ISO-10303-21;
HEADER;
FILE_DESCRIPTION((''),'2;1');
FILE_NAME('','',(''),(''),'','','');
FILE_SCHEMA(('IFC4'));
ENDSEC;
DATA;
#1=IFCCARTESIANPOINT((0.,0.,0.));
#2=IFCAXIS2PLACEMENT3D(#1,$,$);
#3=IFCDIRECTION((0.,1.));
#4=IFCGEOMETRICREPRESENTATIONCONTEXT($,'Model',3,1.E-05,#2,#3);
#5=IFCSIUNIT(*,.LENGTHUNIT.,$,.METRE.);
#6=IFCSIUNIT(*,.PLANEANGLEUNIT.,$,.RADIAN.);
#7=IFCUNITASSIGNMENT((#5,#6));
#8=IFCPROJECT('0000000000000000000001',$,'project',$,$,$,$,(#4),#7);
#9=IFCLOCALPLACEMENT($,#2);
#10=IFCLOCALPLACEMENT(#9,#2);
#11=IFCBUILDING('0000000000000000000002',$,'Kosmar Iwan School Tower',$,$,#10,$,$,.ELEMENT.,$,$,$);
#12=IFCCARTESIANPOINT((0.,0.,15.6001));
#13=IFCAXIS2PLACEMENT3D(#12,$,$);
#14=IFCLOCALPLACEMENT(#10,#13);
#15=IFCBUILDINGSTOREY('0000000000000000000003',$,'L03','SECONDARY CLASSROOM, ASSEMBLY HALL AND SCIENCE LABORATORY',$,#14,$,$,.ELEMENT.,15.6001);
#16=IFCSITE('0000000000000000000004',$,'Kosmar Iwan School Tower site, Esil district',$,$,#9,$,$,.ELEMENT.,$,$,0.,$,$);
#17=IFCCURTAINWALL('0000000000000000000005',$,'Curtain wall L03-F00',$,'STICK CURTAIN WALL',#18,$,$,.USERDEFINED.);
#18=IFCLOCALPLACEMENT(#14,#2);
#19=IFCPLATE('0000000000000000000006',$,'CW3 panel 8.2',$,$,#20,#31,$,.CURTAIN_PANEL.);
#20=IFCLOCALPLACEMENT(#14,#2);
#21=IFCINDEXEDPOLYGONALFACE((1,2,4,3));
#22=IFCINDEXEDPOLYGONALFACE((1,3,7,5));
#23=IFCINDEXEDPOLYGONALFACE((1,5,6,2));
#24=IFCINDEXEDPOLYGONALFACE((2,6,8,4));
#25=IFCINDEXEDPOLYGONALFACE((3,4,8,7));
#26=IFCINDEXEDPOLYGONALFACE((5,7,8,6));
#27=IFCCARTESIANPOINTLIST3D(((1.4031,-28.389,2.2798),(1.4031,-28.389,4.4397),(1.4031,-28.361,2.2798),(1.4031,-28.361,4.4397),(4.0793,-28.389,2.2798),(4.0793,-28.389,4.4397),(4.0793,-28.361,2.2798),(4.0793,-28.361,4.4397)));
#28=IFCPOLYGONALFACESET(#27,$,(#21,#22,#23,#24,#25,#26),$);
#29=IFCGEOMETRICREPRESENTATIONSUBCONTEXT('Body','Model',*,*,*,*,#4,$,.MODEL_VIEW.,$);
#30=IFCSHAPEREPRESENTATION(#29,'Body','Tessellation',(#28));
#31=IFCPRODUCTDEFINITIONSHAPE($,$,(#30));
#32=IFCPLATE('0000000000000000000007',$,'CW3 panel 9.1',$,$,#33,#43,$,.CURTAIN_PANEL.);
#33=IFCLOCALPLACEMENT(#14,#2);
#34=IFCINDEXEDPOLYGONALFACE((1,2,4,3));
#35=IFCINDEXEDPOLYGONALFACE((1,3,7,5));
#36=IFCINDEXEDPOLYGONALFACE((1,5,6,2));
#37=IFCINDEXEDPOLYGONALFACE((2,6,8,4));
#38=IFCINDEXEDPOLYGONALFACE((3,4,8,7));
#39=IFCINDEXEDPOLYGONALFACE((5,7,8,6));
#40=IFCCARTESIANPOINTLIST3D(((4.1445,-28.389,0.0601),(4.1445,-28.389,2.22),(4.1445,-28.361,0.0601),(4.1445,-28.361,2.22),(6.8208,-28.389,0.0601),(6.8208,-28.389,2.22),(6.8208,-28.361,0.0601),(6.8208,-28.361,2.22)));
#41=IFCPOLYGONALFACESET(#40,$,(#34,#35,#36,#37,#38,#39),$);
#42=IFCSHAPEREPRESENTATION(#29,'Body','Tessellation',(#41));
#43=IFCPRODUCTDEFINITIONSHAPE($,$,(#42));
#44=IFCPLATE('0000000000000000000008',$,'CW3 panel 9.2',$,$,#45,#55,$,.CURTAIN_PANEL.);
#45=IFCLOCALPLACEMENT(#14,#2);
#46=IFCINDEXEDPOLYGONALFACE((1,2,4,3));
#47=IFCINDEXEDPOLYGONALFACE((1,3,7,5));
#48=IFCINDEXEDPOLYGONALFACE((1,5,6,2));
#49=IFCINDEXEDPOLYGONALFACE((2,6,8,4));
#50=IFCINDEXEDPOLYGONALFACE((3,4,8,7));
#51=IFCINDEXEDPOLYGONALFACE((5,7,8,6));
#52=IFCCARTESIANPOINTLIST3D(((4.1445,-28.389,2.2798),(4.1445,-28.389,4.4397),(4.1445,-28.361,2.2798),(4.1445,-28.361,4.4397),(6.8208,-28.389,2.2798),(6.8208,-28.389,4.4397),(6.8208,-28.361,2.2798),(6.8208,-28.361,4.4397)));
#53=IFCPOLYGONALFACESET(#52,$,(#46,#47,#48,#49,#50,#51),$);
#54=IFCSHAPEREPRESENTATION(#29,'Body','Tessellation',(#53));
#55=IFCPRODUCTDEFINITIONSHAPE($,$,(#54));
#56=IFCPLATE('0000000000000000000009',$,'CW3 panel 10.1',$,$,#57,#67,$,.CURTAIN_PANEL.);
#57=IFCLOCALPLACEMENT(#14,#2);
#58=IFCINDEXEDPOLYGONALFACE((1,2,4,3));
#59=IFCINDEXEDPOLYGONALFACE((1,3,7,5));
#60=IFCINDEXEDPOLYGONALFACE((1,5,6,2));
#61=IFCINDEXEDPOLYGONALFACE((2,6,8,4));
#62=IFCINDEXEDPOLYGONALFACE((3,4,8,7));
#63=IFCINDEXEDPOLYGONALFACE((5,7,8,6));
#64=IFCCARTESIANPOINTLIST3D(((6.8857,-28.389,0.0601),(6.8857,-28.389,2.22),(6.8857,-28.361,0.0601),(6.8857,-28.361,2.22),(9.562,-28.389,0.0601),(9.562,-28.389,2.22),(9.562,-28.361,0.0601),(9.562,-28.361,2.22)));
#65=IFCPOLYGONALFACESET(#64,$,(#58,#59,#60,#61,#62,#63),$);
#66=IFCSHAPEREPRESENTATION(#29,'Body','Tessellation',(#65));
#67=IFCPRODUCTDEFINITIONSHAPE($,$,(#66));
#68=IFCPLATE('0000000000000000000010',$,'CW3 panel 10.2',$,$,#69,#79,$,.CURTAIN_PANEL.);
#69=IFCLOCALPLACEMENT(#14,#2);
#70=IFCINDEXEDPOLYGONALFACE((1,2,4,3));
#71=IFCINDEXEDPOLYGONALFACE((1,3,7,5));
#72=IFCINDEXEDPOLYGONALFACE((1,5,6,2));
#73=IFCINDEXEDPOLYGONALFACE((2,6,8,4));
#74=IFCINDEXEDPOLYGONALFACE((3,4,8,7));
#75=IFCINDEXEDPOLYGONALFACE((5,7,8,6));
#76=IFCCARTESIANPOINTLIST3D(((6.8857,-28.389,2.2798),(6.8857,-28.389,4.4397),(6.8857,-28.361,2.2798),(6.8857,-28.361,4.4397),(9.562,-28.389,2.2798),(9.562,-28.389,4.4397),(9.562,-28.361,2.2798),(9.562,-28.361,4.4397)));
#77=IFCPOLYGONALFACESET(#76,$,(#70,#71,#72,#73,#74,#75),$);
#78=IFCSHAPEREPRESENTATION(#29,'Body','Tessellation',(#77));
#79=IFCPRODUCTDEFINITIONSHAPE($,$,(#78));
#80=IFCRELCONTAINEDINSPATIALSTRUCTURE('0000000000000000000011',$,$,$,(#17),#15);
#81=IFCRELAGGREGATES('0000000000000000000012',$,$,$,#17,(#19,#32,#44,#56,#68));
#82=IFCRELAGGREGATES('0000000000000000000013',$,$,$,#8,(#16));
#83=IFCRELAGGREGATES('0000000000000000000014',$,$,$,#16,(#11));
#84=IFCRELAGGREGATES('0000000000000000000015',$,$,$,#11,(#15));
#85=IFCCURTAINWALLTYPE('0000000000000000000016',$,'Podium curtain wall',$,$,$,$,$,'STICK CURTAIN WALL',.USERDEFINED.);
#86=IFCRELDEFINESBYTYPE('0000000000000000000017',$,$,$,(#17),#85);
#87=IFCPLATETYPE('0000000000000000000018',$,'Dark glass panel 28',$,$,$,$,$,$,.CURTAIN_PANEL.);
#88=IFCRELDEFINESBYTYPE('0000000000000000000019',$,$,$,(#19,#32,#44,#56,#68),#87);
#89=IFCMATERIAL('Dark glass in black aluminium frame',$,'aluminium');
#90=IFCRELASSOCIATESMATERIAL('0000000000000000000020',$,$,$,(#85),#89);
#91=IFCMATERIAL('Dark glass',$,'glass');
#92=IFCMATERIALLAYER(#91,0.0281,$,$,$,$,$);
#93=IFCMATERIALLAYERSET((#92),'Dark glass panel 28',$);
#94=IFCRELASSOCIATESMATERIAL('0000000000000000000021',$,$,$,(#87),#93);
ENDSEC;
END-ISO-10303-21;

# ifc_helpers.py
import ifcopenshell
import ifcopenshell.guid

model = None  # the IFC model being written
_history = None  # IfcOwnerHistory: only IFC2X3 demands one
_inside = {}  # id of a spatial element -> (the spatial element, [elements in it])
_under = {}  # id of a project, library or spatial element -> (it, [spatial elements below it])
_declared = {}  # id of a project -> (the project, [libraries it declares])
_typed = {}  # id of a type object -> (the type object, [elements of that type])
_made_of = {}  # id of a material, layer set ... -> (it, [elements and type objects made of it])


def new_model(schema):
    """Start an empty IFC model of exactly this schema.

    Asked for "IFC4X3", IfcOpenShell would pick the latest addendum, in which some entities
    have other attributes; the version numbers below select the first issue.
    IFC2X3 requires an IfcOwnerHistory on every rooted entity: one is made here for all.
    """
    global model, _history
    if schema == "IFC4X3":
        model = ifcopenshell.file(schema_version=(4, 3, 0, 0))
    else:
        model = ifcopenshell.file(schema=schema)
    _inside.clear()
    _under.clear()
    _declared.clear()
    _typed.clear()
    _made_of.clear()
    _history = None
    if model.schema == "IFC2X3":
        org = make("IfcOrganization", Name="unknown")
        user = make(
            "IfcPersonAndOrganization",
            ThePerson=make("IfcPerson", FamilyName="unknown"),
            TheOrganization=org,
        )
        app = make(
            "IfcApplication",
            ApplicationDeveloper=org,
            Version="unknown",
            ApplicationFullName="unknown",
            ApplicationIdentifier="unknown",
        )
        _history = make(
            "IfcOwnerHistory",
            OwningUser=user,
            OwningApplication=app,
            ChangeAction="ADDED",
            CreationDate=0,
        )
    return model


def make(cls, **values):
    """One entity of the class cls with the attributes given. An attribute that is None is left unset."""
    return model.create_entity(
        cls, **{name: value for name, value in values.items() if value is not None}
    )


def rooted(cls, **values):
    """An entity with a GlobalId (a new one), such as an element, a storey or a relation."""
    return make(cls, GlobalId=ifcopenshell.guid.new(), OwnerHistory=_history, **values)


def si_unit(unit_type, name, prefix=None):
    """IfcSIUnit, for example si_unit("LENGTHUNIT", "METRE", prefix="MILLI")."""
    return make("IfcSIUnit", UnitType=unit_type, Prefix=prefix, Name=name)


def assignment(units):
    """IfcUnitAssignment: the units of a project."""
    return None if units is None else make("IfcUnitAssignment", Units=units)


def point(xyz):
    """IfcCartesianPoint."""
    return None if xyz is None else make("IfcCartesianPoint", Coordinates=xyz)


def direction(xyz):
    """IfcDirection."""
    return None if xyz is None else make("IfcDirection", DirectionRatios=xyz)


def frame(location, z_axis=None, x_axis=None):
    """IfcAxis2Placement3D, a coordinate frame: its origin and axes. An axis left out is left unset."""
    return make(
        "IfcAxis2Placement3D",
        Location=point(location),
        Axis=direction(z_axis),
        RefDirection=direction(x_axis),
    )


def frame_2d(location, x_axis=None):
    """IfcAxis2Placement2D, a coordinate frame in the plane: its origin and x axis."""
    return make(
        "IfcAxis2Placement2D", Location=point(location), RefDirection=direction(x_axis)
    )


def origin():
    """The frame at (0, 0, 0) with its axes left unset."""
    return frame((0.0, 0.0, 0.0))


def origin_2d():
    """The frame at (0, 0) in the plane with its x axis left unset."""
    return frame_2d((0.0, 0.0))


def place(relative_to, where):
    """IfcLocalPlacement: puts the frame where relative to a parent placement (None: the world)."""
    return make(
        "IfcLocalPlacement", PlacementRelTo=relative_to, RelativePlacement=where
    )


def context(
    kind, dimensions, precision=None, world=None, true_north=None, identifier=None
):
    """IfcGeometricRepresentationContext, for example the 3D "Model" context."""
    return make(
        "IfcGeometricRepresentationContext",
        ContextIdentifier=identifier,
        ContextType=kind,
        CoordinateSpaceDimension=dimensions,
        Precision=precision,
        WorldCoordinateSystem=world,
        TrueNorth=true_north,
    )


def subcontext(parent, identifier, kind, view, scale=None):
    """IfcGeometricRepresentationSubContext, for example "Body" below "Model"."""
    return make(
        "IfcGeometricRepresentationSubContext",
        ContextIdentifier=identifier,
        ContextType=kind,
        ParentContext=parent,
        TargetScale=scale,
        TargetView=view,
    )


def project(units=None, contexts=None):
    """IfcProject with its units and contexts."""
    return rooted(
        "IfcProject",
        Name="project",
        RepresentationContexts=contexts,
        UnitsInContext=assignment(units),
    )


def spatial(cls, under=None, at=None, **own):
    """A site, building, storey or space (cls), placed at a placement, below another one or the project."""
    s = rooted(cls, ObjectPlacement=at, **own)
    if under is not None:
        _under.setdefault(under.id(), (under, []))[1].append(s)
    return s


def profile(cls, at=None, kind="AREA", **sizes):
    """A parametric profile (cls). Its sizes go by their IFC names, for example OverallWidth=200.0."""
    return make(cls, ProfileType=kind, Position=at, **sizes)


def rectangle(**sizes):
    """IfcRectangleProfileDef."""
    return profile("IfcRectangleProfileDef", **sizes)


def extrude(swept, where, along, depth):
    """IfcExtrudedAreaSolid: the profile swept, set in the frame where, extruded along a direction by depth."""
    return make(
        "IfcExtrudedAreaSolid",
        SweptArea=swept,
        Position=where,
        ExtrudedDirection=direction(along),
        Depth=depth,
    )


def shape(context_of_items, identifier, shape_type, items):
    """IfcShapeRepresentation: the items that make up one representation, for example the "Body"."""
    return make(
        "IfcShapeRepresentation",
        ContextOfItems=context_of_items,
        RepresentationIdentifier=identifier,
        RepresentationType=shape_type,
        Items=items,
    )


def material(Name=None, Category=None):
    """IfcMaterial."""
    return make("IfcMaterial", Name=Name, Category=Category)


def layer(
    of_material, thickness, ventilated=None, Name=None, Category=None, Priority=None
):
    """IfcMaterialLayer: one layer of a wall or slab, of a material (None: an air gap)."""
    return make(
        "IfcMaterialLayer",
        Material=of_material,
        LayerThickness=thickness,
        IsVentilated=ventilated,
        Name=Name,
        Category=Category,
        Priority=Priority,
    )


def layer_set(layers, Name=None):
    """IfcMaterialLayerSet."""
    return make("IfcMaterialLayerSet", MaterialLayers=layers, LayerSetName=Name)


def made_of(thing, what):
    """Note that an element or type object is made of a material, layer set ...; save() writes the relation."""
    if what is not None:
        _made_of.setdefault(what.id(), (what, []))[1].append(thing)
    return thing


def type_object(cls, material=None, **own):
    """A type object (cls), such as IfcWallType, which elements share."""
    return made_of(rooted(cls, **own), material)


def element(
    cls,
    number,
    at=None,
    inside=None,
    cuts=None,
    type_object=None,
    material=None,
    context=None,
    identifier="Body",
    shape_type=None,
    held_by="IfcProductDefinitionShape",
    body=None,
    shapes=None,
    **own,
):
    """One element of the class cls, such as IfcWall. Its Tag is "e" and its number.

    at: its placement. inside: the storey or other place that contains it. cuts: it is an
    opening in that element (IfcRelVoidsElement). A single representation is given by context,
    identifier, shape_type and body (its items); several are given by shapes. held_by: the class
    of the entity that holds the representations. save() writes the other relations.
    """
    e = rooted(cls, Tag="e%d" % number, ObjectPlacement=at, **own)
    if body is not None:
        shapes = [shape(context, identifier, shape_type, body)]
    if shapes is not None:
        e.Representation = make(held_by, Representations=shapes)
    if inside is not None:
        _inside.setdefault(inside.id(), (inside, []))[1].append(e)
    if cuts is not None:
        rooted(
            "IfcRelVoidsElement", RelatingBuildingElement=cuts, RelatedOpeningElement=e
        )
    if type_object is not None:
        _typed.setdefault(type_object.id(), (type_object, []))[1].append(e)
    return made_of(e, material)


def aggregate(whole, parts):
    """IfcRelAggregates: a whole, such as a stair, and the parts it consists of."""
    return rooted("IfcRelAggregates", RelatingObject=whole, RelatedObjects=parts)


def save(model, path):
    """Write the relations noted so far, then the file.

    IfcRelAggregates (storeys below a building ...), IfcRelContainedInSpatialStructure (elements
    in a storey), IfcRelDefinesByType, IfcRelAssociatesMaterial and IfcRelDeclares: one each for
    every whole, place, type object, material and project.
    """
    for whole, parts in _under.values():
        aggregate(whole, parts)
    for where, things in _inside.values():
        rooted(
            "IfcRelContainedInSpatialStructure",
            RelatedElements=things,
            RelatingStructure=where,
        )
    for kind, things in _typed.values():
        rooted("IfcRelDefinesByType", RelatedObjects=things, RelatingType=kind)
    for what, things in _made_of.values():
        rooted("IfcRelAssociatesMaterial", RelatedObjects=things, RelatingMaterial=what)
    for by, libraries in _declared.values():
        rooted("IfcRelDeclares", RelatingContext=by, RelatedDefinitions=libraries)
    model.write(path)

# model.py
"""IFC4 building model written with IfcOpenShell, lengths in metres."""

from ifc_helpers import new_model, si_unit, direction, frame, origin, origin_2d, place, context, subcontext, project, spatial, rectangle, extrude, material, layer, layer_set, type_object, element, aggregate, save


model = new_model("IFC4")

# Units and contexts
model_context = context("Model", 3, precision=1e-05, world=origin(), true_north=direction((0.0, 1.0)))
body_context = subcontext(model_context, "Body", "Model", "MODEL_VIEW")
ifc_project = project(units=[si_unit("LENGTHUNIT", "METRE"), si_unit("PLANEANGLEUNIT", "RADIAN")], contexts=[model_context])

# Site, building, storey
site_placement = place(None, origin())
site = spatial("IfcSite", under=ifc_project, at=site_placement, Name="Kosmar Iwan School Tower site, Esil district", CompositionType="ELEMENT", RefElevation=0.0)
building_placement = place(site_placement, origin())
building = spatial("IfcBuilding", under=site, at=building_placement, Name="Kosmar Iwan School Tower", CompositionType="ELEMENT")
storey_placement = place(building_placement, frame((0.0, 0.0, 15.6001)))
storey = spatial("IfcBuildingStorey", under=building, at=storey_placement, Name="L03", Description="SECONDARY CLASSROOM, ASSEMBLY HALL AND SCIENCE LABORATORY", CompositionType="ELEMENT", Elevation=15.6001)

# Curtain wall, plates
ifc_material_1 = material(Name="Dark glass in black aluminium frame", Category="aluminium")
curtain_wall_type = type_object("IfcCurtainWallType", Name="Podium curtain wall", ElementType="STICK CURTAIN WALL", PredefinedType="USERDEFINED", material=ifc_material_1)
curtain_wall_placement = place(storey_placement, origin())
curtain_wall = element("IfcCurtainWall", 1, at=curtain_wall_placement, inside=storey, type_object=curtain_wall_type, Name="Curtain wall L03-F00", ObjectType="STICK CURTAIN WALL", PredefinedType="USERDEFINED")
ifc_material_2 = material(Name="Dark glass", Category="glass")
ifc_layer = layer(ifc_material_2, 0.0281)
ifc_layer_set = layer_set([ifc_layer], Name="Dark glass panel 28")
plate_type = type_object("IfcPlateType", Name="Dark glass panel 28", PredefinedType="CURTAIN_PANEL", material=ifc_layer_set)
plate_1_placement = place(storey_placement, frame((2.7412, -28.375, 2.2798), z_axis=(0.0, 0.0, 1.0), x_axis=(1.0, 0.0, 0.0)))
plate_1 = element("IfcPlate", 2, at=plate_1_placement, type_object=plate_type, Name="CW3 panel 8.2", PredefinedType="CURTAIN_PANEL", context=body_context, shape_type="SweptSolid", body=[
    extrude(rectangle(XDim=2.6763, YDim=0.0281, at=origin_2d()), origin(), (0.0, 0.0, 1.0), 2.1599),
])
plate_2_placement = place(storey_placement, frame((5.4827, -28.375, 0.0601), z_axis=(0.0, 0.0, 1.0), x_axis=(1.0, 0.0, 0.0)))
plate_2 = element("IfcPlate", 3, at=plate_2_placement, type_object=plate_type, Name="CW3 panel 9.1", PredefinedType="CURTAIN_PANEL", context=body_context, shape_type="SweptSolid", body=[
    extrude(rectangle(XDim=2.6763, YDim=0.0281, at=origin_2d()), origin(), (0.0, 0.0, 1.0), 2.1599),
])
plate_3_placement = place(storey_placement, frame((5.4827, -28.375, 2.2798), z_axis=(0.0, 0.0, 1.0), x_axis=(1.0, 0.0, 0.0)))
plate_3 = element("IfcPlate", 4, at=plate_3_placement, type_object=plate_type, Name="CW3 panel 9.2", PredefinedType="CURTAIN_PANEL", context=body_context, shape_type="SweptSolid", body=[
    extrude(rectangle(XDim=2.6763, YDim=0.0281, at=origin_2d()), origin(), (0.0, 0.0, 1.0), 2.1599),
])
plate_4_placement = place(storey_placement, frame((8.2239, -28.375, 0.0601), z_axis=(0.0, 0.0, 1.0), x_axis=(1.0, 0.0, 0.0)))
plate_4 = element("IfcPlate", 5, at=plate_4_placement, type_object=plate_type, Name="CW3 panel 10.1", PredefinedType="CURTAIN_PANEL", context=body_context, shape_type="SweptSolid", body=[
    extrude(rectangle(XDim=2.6763, YDim=0.0281, at=origin_2d()), origin(), (0.0, 0.0, 1.0), 2.1599),
])
plate_5_placement = place(storey_placement, frame((8.2239, -28.375, 2.2798), z_axis=(0.0, 0.0, 1.0), x_axis=(1.0, 0.0, 0.0)))
plate_5 = element("IfcPlate", 6, at=plate_5_placement, type_object=plate_type, Name="CW3 panel 10.2", PredefinedType="CURTAIN_PANEL", context=body_context, shape_type="SweptSolid", body=[
    extrude(rectangle(XDim=2.6763, YDim=0.0281, at=origin_2d()), origin(), (0.0, 0.0, 1.0), 2.1599),
])
aggregate(curtain_wall, [plate_1, plate_2, plate_3, plate_4, plate_5])

save(model, "model.ifc")
